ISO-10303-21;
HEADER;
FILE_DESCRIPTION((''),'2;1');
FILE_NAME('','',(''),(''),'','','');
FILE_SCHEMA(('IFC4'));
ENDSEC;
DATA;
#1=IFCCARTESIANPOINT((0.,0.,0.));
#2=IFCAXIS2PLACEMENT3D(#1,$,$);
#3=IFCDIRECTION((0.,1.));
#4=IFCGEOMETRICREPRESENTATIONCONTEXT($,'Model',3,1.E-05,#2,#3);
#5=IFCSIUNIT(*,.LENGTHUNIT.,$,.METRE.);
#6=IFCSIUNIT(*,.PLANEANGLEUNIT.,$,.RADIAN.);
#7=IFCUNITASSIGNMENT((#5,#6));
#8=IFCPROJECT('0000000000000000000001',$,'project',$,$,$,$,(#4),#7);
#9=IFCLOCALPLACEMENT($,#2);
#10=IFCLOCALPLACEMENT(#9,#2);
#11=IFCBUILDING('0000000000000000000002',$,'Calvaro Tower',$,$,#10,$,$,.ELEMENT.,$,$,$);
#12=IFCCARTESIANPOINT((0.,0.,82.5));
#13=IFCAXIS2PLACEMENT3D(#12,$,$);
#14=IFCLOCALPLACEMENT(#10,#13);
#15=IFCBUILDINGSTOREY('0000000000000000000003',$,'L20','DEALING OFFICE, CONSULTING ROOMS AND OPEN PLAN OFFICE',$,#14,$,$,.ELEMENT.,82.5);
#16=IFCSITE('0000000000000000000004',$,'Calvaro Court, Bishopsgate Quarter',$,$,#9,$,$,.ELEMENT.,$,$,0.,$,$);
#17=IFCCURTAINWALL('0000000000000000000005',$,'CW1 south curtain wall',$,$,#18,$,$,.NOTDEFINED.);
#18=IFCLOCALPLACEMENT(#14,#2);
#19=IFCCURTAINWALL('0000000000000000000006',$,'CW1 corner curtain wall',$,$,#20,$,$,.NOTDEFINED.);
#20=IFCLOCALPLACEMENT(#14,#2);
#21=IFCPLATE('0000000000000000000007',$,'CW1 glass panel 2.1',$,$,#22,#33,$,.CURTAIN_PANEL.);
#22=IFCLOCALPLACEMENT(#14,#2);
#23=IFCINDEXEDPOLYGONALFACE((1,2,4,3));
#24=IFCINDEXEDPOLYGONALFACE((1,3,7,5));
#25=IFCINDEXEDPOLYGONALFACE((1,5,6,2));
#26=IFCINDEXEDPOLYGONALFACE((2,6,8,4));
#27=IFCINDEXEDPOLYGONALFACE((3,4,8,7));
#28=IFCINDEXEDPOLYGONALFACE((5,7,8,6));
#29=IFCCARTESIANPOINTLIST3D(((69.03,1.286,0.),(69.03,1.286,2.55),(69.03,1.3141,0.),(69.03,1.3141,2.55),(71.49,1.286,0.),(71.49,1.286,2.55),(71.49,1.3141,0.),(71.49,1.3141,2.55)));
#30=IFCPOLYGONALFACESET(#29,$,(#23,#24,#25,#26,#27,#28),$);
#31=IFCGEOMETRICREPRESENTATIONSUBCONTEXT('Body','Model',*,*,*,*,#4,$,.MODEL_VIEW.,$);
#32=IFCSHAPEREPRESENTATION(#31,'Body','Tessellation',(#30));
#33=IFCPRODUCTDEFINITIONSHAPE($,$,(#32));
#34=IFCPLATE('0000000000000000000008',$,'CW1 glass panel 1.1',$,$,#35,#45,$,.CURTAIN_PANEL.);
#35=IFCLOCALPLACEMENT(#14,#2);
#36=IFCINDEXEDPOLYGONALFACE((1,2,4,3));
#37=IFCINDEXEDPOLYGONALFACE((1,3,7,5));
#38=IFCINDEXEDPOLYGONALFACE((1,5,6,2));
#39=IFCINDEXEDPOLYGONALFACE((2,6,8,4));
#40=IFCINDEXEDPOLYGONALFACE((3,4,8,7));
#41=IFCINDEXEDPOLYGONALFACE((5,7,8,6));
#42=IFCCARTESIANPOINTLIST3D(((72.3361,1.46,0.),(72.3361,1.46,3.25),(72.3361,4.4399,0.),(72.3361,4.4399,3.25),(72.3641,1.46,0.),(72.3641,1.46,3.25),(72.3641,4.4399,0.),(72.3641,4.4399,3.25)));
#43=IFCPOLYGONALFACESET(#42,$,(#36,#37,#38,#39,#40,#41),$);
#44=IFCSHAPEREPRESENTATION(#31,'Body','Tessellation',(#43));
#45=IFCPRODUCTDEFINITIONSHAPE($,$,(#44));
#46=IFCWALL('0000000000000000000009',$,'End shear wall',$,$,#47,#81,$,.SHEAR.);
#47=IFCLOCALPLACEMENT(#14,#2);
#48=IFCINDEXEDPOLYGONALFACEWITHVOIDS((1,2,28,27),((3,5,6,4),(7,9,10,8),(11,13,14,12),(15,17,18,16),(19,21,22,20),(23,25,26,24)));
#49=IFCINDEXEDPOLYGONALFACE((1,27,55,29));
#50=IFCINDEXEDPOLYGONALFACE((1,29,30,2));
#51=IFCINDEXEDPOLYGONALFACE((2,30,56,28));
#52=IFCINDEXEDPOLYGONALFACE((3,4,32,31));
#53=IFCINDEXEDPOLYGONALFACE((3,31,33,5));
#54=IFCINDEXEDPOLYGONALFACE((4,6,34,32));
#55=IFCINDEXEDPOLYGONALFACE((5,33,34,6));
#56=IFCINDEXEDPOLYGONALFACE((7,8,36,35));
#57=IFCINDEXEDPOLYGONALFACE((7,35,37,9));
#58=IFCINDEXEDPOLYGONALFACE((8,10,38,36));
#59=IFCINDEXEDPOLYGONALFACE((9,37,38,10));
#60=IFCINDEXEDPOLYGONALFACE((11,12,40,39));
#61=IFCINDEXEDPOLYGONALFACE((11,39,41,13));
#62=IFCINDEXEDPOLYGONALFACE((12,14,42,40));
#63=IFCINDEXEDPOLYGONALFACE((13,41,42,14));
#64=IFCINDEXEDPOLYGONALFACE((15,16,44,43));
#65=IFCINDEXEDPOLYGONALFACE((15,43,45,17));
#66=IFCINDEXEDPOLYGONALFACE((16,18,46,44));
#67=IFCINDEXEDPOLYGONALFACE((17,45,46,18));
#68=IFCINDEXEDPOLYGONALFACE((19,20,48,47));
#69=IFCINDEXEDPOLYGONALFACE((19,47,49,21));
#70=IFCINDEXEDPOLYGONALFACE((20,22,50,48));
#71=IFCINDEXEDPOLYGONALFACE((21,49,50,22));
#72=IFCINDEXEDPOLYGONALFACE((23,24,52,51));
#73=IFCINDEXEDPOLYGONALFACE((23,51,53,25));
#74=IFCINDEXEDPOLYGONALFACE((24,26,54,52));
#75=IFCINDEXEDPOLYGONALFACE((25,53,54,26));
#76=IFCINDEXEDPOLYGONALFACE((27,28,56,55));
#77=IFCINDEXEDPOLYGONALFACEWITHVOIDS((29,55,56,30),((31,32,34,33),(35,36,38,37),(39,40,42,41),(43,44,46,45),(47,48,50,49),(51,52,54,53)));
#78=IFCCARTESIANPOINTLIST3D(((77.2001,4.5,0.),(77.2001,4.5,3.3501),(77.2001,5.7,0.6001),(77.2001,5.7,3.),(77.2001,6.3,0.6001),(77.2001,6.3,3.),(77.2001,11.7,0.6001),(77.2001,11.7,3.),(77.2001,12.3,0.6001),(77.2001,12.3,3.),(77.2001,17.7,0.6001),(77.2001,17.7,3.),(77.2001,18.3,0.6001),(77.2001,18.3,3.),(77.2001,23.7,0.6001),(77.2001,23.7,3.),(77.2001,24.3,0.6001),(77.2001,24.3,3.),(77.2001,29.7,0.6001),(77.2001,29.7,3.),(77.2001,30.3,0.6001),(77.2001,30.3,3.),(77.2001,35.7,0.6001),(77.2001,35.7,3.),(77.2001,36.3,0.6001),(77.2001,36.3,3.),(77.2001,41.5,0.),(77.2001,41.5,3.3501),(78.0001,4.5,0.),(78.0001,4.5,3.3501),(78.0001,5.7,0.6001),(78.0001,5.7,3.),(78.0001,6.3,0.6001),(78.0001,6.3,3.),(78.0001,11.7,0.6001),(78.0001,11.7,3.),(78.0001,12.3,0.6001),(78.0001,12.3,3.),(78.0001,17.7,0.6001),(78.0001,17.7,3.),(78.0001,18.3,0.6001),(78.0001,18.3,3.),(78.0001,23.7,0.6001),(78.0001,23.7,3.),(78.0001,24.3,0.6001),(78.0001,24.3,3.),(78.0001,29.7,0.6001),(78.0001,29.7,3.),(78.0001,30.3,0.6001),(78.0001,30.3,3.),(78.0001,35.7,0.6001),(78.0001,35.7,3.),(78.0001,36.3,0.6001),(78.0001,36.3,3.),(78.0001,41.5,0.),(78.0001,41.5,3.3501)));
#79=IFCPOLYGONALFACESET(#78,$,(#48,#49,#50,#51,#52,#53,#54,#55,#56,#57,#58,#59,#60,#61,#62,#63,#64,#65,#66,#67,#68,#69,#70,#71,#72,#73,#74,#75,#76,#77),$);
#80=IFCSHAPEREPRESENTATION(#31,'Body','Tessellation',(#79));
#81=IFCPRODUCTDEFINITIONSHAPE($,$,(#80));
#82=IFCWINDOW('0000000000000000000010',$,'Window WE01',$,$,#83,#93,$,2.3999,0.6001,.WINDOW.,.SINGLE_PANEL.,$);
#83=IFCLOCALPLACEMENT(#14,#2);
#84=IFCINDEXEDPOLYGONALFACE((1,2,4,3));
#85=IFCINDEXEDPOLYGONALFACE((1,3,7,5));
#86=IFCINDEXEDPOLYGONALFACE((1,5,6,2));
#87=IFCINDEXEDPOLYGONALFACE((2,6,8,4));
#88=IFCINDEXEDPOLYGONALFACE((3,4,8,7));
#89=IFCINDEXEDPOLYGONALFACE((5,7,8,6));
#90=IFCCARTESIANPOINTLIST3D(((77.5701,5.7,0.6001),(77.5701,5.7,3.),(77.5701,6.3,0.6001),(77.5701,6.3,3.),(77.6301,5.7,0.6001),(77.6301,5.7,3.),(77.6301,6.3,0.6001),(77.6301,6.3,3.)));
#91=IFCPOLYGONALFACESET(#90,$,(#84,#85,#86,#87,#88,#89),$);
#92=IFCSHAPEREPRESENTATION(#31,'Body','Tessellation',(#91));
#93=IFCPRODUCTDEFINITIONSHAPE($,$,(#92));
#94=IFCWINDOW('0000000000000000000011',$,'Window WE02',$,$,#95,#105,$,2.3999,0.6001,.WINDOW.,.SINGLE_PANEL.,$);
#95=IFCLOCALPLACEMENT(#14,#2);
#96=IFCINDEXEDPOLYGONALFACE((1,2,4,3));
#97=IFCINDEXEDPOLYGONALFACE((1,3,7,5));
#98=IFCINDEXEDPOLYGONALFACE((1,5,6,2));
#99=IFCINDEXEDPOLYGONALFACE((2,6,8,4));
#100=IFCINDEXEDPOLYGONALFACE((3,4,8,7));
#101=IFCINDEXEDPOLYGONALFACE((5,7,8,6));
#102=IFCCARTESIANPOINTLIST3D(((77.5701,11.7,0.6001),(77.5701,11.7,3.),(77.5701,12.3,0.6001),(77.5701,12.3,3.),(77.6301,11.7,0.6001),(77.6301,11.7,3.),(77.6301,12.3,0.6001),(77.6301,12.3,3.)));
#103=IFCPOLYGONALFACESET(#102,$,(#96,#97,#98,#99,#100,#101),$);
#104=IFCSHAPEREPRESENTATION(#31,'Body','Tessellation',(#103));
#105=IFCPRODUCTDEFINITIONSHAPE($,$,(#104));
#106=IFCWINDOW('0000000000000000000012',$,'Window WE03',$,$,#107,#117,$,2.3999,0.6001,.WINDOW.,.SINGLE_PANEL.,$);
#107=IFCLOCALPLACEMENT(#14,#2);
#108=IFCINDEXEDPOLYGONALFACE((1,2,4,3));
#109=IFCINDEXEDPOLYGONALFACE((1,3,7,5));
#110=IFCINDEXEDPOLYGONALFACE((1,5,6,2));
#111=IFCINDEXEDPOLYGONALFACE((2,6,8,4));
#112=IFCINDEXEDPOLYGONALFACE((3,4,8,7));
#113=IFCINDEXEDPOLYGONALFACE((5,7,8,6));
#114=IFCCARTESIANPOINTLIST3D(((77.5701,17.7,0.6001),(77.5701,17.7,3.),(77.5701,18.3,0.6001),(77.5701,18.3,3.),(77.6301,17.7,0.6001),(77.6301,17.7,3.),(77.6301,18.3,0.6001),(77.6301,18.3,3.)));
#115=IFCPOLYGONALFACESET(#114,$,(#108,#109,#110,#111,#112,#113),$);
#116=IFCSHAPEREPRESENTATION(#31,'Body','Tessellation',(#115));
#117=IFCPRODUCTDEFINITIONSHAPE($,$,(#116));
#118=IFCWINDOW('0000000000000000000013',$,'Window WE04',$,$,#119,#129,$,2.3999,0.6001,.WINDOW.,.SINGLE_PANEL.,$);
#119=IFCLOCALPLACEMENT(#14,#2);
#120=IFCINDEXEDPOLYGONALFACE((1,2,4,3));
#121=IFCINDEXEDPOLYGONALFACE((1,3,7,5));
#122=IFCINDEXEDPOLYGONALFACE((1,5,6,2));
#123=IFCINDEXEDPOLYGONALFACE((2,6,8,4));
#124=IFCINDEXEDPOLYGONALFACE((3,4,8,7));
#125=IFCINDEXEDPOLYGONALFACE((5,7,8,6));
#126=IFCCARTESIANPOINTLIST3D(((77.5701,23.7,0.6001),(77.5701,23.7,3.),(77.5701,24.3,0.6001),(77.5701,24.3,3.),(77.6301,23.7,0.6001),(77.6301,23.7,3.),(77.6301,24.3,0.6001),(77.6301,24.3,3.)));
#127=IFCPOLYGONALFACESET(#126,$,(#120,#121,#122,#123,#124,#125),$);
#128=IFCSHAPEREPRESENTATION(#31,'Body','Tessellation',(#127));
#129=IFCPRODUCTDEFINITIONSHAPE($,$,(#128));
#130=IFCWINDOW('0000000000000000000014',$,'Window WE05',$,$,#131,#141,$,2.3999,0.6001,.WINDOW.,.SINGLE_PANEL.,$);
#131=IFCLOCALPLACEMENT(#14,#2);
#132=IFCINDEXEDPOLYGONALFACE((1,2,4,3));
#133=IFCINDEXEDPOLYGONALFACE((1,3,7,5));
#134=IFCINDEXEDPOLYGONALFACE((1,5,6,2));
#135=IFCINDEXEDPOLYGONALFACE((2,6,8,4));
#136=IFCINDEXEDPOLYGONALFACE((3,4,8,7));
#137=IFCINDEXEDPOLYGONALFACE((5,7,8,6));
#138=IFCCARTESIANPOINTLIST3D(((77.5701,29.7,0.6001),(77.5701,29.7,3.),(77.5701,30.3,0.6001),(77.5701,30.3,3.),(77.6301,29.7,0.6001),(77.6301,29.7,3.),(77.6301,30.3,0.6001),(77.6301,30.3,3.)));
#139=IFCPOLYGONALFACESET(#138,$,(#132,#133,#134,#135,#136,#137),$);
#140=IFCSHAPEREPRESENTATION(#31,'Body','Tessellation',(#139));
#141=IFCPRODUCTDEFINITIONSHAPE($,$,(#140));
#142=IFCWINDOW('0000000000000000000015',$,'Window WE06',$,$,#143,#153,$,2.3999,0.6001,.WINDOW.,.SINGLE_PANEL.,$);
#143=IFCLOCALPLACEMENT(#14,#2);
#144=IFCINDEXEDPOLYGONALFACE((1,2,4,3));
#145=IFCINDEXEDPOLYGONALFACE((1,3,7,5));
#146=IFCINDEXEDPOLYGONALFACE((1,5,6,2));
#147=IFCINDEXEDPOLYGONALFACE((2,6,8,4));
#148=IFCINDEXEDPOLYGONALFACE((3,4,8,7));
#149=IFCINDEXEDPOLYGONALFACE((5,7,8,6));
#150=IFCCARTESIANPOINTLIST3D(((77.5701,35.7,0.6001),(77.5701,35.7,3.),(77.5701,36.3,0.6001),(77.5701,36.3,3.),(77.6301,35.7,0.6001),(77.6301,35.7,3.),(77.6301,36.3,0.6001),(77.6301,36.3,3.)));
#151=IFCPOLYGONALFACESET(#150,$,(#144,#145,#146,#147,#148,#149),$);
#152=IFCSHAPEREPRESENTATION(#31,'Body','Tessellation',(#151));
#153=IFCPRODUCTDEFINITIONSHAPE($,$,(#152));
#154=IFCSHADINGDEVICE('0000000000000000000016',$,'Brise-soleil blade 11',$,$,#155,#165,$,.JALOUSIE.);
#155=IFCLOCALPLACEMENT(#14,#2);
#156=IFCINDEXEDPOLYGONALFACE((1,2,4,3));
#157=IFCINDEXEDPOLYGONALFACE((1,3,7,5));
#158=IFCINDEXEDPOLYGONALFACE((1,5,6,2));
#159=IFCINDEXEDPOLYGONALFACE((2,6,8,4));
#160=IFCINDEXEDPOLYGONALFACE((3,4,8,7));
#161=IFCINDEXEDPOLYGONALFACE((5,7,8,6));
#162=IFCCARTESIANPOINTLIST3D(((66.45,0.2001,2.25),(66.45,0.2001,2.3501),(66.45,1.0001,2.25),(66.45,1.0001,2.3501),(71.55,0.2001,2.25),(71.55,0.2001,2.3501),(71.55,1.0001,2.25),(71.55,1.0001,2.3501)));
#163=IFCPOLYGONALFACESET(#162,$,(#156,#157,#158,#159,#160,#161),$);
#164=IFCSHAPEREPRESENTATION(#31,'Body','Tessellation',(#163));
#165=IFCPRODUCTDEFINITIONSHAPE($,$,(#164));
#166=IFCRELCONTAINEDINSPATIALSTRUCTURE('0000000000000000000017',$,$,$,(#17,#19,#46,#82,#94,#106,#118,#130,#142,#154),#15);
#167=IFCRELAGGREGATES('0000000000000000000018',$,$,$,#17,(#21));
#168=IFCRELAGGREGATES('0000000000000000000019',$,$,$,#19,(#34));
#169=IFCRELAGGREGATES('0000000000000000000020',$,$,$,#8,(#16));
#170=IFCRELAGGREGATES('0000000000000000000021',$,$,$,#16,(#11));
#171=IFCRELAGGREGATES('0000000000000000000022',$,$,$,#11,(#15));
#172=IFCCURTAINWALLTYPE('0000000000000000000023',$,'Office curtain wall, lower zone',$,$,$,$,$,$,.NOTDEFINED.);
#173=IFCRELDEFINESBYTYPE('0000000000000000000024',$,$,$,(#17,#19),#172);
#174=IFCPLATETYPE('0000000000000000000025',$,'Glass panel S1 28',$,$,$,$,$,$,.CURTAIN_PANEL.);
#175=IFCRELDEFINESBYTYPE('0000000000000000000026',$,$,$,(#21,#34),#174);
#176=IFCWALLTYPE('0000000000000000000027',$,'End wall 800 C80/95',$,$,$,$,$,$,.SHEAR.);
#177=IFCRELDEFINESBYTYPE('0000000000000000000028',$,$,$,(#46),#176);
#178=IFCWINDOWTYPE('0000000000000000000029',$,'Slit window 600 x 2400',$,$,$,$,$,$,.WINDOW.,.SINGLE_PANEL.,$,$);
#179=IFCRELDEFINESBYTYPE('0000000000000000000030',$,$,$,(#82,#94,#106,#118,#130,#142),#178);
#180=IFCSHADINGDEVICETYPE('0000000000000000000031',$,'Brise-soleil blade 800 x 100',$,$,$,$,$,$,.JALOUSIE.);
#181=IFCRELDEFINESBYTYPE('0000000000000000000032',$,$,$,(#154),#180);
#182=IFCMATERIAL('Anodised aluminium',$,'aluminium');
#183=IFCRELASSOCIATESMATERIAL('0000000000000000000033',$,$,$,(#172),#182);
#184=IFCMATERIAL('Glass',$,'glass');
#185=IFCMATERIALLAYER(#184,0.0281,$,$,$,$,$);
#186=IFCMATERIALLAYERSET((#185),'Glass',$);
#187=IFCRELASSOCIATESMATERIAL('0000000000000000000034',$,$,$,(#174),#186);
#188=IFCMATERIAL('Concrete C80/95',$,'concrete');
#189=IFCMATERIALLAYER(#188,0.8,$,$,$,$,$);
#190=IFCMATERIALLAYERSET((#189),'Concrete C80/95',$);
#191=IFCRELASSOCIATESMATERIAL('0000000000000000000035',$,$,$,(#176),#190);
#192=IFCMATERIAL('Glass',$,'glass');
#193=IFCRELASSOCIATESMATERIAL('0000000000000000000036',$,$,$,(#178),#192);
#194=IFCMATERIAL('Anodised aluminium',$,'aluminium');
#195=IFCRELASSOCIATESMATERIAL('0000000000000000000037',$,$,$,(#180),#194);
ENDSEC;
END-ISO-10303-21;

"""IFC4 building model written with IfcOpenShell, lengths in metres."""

from ifc_helpers import new_model, si_unit, direction, frame, frame_2d, origin, origin_2d, place, context, subcontext, project, spatial, rectangle, extrude, material, layer, layer_set, material_profile, profile_set, type_object, element, fill, aggregate, save


model = new_model("IFC4")

# Units and contexts
model_context = context("Model", 3, precision=1e-05, world=origin(), true_north=direction((0.0, 1.0)))
body_context = subcontext(model_context, "Body", "Model", "MODEL_VIEW")
ifc_project = project(units=[si_unit("LENGTHUNIT", "METRE"), si_unit("PLANEANGLEUNIT", "RADIAN")], contexts=[model_context])

# Site, building, storey
site_placement = place(None, origin())
site = spatial("IfcSite", under=ifc_project, at=site_placement, Name="Calvaro Court, Bishopsgate Quarter", CompositionType="ELEMENT", RefElevation=0.0)
building_placement = place(site_placement, origin())
building = spatial("IfcBuilding", under=site, at=building_placement, Name="Calvaro Tower", CompositionType="ELEMENT")
storey_placement = place(building_placement, frame((0.0, 0.0, 82.5)))
storey = spatial("IfcBuildingStorey", under=building, at=storey_placement, Name="L20", Description="DEALING OFFICE, CONSULTING ROOMS AND OPEN PLAN OFFICE", CompositionType="ELEMENT", Elevation=82.5)

# Shared definitions
ifc_material_1 = material(Name="Anodised aluminium", Category="aluminium")
curtain_wall_type = type_object("IfcCurtainWallType", Name="Office curtain wall, lower zone", PredefinedType="NOTDEFINED", material=ifc_material_1)

# Curtain walls
curtain_wall_1_placement = place(storey_placement, origin())
curtain_wall_1 = element("IfcCurtainWall", 1, at=curtain_wall_1_placement, inside=storey, type_object=curtain_wall_type, Name="CW1 south curtain wall", PredefinedType="NOTDEFINED")
curtain_wall_2_placement = place(storey_placement, origin())
curtain_wall_2 = element("IfcCurtainWall", 2, at=curtain_wall_2_placement, inside=storey, type_object=curtain_wall_type, Name="CW1 corner curtain wall", PredefinedType="NOTDEFINED")

# Plates
ifc_material_2 = material(Name="Glass", Category="glass")
ifc_layer_1 = layer(ifc_material_2, 0.0281)
ifc_layer_set_1 = layer_set([ifc_layer_1], Name="Glass")
plate_type = type_object("IfcPlateType", Name="Glass panel S1 28", PredefinedType="CURTAIN_PANEL", material=ifc_layer_set_1)
plate_1_placement = place(storey_placement, frame((70.26, 1.3, 0.0), z_axis=(0.0, 0.0, 1.0), x_axis=(1.0, 0.0, 0.0)))
plate_1 = element("IfcPlate", 3, at=plate_1_placement, type_object=plate_type, Name="CW1 glass panel 2.1", PredefinedType="CURTAIN_PANEL", context=body_context, shape_type="SweptSolid", body=[
    extrude(rectangle(XDim=2.46, YDim=0.0281, at=origin_2d()), origin(), (0.0, 0.0, 1.0), 2.55),
])
aggregate(curtain_wall_1, [plate_1])
plate_2_placement = place(storey_placement, frame((72.3501, 2.95, 0.0), z_axis=(0.0, 0.0, 1.0), x_axis=(0.0, 1.0, 0.0)))
plate_2 = element("IfcPlate", 4, at=plate_2_placement, type_object=plate_type, Name="CW1 glass panel 1.1", PredefinedType="CURTAIN_PANEL", context=body_context, shape_type="SweptSolid", body=[
    extrude(rectangle(XDim=2.98, YDim=0.0281, at=origin_2d()), origin(), (0.0, 0.0, 1.0), 3.25),
])
aggregate(curtain_wall_2, [plate_2])

# Wall, openings, windows
ifc_material_3 = material(Name="Concrete C80/95", Category="concrete")
ifc_layer_2 = layer(ifc_material_3, 0.8)
ifc_layer_set_2 = layer_set([ifc_layer_2], Name="Concrete C80/95")
wall_type = type_object("IfcWallType", Name="End wall 800 C80/95", PredefinedType="SHEAR", material=ifc_layer_set_2)
wall_placement = place(storey_placement, frame((77.6001, 4.5, 0.0), z_axis=(0.0, 0.0, 1.0), x_axis=(0.0, 1.0, 0.0)))
wall = element("IfcWall", 5, at=wall_placement, inside=storey, type_object=wall_type, Name="End shear wall", PredefinedType="SHEAR", context=body_context, shape_type="SweptSolid", body=[
    extrude(rectangle(XDim=37.0, YDim=0.8, at=frame_2d((18.5, 0.0))), origin(), (0.0, 0.0, 1.0), 3.3501),
])
opening_1_placement = place(wall_placement, frame((1.2, 0.0, 0.6001)))
opening_1 = element("IfcOpeningElement", 6, at=opening_1_placement, cuts=wall, PredefinedType="OPENING", context=body_context, shape_type="SweptSolid", body=[
    extrude(rectangle(XDim=0.6001, YDim=2.3999, at=frame_2d((0.3, 1.2))), frame((0.0, 0.4099, 0.0), z_axis=(0.0, -1.0, 0.0), x_axis=(1.0, 0.0, 0.0)), (0.0, 0.0, 1.0), 0.8201),
])
opening_2_placement = place(wall_placement, frame((7.2, 0.0, 0.6001)))
opening_2 = element("IfcOpeningElement", 7, at=opening_2_placement, cuts=wall, PredefinedType="OPENING", context=body_context, shape_type="SweptSolid", body=[
    extrude(rectangle(XDim=0.6001, YDim=2.3999, at=frame_2d((0.3, 1.2))), frame((0.0, 0.4099, 0.0), z_axis=(0.0, -1.0, 0.0), x_axis=(1.0, 0.0, 0.0)), (0.0, 0.0, 1.0), 0.8201),
])
opening_3_placement = place(wall_placement, frame((13.2, 0.0, 0.6001)))
opening_3 = element("IfcOpeningElement", 8, at=opening_3_placement, cuts=wall, PredefinedType="OPENING", context=body_context, shape_type="SweptSolid", body=[
    extrude(rectangle(XDim=0.6001, YDim=2.3999, at=frame_2d((0.3, 1.2))), frame((0.0, 0.4099, 0.0), z_axis=(0.0, -1.0, 0.0), x_axis=(1.0, 0.0, 0.0)), (0.0, 0.0, 1.0), 0.8201),
])
opening_4_placement = place(wall_placement, frame((19.2, 0.0, 0.6001)))
opening_4 = element("IfcOpeningElement", 9, at=opening_4_placement, cuts=wall, PredefinedType="OPENING", context=body_context, shape_type="SweptSolid", body=[
    extrude(rectangle(XDim=0.6001, YDim=2.3999, at=frame_2d((0.3, 1.2))), frame((0.0, 0.4099, 0.0), z_axis=(0.0, -1.0, 0.0), x_axis=(1.0, 0.0, 0.0)), (0.0, 0.0, 1.0), 0.8201),
])
opening_5_placement = place(wall_placement, frame((25.2, 0.0, 0.6001)))
opening_5 = element("IfcOpeningElement", 10, at=opening_5_placement, cuts=wall, PredefinedType="OPENING", context=body_context, shape_type="SweptSolid", body=[
    extrude(rectangle(XDim=0.6001, YDim=2.3999, at=frame_2d((0.3, 1.2))), frame((0.0, 0.4099, 0.0), z_axis=(0.0, -1.0, 0.0), x_axis=(1.0, 0.0, 0.0)), (0.0, 0.0, 1.0), 0.8201),
])
opening_6_placement = place(wall_placement, frame((31.2, 0.0, 0.6001)))
opening_6 = element("IfcOpeningElement", 11, at=opening_6_placement, cuts=wall, PredefinedType="OPENING", context=body_context, shape_type="SweptSolid", body=[
    extrude(rectangle(XDim=0.6001, YDim=2.3999, at=frame_2d((0.3, 1.2))), frame((0.0, 0.4099, 0.0), z_axis=(0.0, -1.0, 0.0), x_axis=(1.0, 0.0, 0.0)), (0.0, 0.0, 1.0), 0.8201),
])
ifc_material_4 = material(Name="Glass", Category="glass")
window_type = type_object("IfcWindowType", Name="Slit window 600 x 2400", PartitioningType="SINGLE_PANEL", PredefinedType="WINDOW", material=ifc_material_4)
window_1_placement = place(opening_1_placement, origin())
window_1 = element("IfcWindow", 12, at=window_1_placement, inside=storey, type_object=window_type, Name="Window WE01", OverallHeight=2.3999, OverallWidth=0.6001, PartitioningType="SINGLE_PANEL", PredefinedType="WINDOW", context=body_context, shape_type="SweptSolid", body=[
    extrude(rectangle(XDim=0.6001, YDim=2.3999, at=frame_2d((0.3, 1.2))), frame((0.0, 0.03, 0.0), z_axis=(0.0, -1.0, 0.0), x_axis=(1.0, 0.0, 0.0)), (0.0, 0.0, 1.0), 0.0601),
])
fill(opening_1, window_1)
window_2_placement = place(opening_2_placement, origin())
window_2 = element("IfcWindow", 13, at=window_2_placement, inside=storey, type_object=window_type, Name="Window WE02", OverallHeight=2.3999, OverallWidth=0.6001, PartitioningType="SINGLE_PANEL", PredefinedType="WINDOW", context=body_context, shape_type="SweptSolid", body=[
    extrude(rectangle(XDim=0.6001, YDim=2.3999, at=frame_2d((0.3, 1.2))), frame((0.0, 0.03, 0.0), z_axis=(0.0, -1.0, 0.0), x_axis=(1.0, 0.0, 0.0)), (0.0, 0.0, 1.0), 0.0601),
])
fill(opening_2, window_2)
window_3_placement = place(opening_3_placement, origin())
window_3 = element("IfcWindow", 14, at=window_3_placement, inside=storey, type_object=window_type, Name="Window WE03", OverallHeight=2.3999, OverallWidth=0.6001, PartitioningType="SINGLE_PANEL", PredefinedType="WINDOW", context=body_context, shape_type="SweptSolid", body=[
    extrude(rectangle(XDim=0.6001, YDim=2.3999, at=frame_2d((0.3, 1.2))), frame((0.0, 0.03, 0.0), z_axis=(0.0, -1.0, 0.0), x_axis=(1.0, 0.0, 0.0)), (0.0, 0.0, 1.0), 0.0601),
])
fill(opening_3, window_3)
window_4_placement = place(opening_4_placement, origin())
window_4 = element("IfcWindow", 15, at=window_4_placement, inside=storey, type_object=window_type, Name="Window WE04", OverallHeight=2.3999, OverallWidth=0.6001, PartitioningType="SINGLE_PANEL", PredefinedType="WINDOW", context=body_context, shape_type="SweptSolid", body=[
    extrude(rectangle(XDim=0.6001, YDim=2.3999, at=frame_2d((0.3, 1.2))), frame((0.0, 0.03, 0.0), z_axis=(0.0, -1.0, 0.0), x_axis=(1.0, 0.0, 0.0)), (0.0, 0.0, 1.0), 0.0601),
])
fill(opening_4, window_4)
window_5_placement = place(opening_5_placement, origin())
window_5 = element("IfcWindow", 16, at=window_5_placement, inside=storey, type_object=window_type, Name="Window WE05", OverallHeight=2.3999, OverallWidth=0.6001, PartitioningType="SINGLE_PANEL", PredefinedType="WINDOW", context=body_context, shape_type="SweptSolid", body=[
    extrude(rectangle(XDim=0.6001, YDim=2.3999, at=frame_2d((0.3, 1.2))), frame((0.0, 0.03, 0.0), z_axis=(0.0, -1.0, 0.0), x_axis=(1.0, 0.0, 0.0)), (0.0, 0.0, 1.0), 0.0601),
])
fill(opening_5, window_5)
window_6_placement = place(opening_6_placement, origin())
window_6 = element("IfcWindow", 17, at=window_6_placement, inside=storey, type_object=window_type, Name="Window WE06", OverallHeight=2.3999, OverallWidth=0.6001, PartitioningType="SINGLE_PANEL", PredefinedType="WINDOW", context=body_context, shape_type="SweptSolid", body=[
    extrude(rectangle(XDim=0.6001, YDim=2.3999, at=frame_2d((0.3, 1.2))), frame((0.0, 0.03, 0.0), z_axis=(0.0, -1.0, 0.0), x_axis=(1.0, 0.0, 0.0)), (0.0, 0.0, 1.0), 0.0601),
])
fill(opening_6, window_6)

# Shading device
ifc_material_5 = material(Name="Anodised aluminium", Category="aluminium")
ifc_material_profile_1 = material_profile(ifc_material_5, rectangle(XDim=0.8, YDim=0.1001, at=origin_2d()), Name="Brise-soleil blade 800 x 100")
ifc_profile_set_1 = profile_set([ifc_material_profile_1], Name="Anodised aluminium")
shading_device_type = type_object("IfcShadingDeviceType", Name="Brise-soleil blade 800 x 100", PredefinedType="JALOUSIE", material=ifc_profile_set_1)
shading_device_placement = place(storey_placement, frame((66.45, 0.6001, 2.3), z_axis=(1.0, 0.0, 0.0), x_axis=(0.0, 1.0, 0.0)))
element("IfcShadingDevice", 18, at=shading_device_placement, inside=storey, type_object=shading_device_type, Name="Brise-soleil blade 11", PredefinedType="JALOUSIE", context=body_context, shape_type="SweptSolid", body=[
    extrude(rectangle(XDim=0.8, YDim=0.1001, at=origin_2d()), origin(), (0.0, 0.0, 1.0), 5.1001),
])

save(model, "model.ifc")
